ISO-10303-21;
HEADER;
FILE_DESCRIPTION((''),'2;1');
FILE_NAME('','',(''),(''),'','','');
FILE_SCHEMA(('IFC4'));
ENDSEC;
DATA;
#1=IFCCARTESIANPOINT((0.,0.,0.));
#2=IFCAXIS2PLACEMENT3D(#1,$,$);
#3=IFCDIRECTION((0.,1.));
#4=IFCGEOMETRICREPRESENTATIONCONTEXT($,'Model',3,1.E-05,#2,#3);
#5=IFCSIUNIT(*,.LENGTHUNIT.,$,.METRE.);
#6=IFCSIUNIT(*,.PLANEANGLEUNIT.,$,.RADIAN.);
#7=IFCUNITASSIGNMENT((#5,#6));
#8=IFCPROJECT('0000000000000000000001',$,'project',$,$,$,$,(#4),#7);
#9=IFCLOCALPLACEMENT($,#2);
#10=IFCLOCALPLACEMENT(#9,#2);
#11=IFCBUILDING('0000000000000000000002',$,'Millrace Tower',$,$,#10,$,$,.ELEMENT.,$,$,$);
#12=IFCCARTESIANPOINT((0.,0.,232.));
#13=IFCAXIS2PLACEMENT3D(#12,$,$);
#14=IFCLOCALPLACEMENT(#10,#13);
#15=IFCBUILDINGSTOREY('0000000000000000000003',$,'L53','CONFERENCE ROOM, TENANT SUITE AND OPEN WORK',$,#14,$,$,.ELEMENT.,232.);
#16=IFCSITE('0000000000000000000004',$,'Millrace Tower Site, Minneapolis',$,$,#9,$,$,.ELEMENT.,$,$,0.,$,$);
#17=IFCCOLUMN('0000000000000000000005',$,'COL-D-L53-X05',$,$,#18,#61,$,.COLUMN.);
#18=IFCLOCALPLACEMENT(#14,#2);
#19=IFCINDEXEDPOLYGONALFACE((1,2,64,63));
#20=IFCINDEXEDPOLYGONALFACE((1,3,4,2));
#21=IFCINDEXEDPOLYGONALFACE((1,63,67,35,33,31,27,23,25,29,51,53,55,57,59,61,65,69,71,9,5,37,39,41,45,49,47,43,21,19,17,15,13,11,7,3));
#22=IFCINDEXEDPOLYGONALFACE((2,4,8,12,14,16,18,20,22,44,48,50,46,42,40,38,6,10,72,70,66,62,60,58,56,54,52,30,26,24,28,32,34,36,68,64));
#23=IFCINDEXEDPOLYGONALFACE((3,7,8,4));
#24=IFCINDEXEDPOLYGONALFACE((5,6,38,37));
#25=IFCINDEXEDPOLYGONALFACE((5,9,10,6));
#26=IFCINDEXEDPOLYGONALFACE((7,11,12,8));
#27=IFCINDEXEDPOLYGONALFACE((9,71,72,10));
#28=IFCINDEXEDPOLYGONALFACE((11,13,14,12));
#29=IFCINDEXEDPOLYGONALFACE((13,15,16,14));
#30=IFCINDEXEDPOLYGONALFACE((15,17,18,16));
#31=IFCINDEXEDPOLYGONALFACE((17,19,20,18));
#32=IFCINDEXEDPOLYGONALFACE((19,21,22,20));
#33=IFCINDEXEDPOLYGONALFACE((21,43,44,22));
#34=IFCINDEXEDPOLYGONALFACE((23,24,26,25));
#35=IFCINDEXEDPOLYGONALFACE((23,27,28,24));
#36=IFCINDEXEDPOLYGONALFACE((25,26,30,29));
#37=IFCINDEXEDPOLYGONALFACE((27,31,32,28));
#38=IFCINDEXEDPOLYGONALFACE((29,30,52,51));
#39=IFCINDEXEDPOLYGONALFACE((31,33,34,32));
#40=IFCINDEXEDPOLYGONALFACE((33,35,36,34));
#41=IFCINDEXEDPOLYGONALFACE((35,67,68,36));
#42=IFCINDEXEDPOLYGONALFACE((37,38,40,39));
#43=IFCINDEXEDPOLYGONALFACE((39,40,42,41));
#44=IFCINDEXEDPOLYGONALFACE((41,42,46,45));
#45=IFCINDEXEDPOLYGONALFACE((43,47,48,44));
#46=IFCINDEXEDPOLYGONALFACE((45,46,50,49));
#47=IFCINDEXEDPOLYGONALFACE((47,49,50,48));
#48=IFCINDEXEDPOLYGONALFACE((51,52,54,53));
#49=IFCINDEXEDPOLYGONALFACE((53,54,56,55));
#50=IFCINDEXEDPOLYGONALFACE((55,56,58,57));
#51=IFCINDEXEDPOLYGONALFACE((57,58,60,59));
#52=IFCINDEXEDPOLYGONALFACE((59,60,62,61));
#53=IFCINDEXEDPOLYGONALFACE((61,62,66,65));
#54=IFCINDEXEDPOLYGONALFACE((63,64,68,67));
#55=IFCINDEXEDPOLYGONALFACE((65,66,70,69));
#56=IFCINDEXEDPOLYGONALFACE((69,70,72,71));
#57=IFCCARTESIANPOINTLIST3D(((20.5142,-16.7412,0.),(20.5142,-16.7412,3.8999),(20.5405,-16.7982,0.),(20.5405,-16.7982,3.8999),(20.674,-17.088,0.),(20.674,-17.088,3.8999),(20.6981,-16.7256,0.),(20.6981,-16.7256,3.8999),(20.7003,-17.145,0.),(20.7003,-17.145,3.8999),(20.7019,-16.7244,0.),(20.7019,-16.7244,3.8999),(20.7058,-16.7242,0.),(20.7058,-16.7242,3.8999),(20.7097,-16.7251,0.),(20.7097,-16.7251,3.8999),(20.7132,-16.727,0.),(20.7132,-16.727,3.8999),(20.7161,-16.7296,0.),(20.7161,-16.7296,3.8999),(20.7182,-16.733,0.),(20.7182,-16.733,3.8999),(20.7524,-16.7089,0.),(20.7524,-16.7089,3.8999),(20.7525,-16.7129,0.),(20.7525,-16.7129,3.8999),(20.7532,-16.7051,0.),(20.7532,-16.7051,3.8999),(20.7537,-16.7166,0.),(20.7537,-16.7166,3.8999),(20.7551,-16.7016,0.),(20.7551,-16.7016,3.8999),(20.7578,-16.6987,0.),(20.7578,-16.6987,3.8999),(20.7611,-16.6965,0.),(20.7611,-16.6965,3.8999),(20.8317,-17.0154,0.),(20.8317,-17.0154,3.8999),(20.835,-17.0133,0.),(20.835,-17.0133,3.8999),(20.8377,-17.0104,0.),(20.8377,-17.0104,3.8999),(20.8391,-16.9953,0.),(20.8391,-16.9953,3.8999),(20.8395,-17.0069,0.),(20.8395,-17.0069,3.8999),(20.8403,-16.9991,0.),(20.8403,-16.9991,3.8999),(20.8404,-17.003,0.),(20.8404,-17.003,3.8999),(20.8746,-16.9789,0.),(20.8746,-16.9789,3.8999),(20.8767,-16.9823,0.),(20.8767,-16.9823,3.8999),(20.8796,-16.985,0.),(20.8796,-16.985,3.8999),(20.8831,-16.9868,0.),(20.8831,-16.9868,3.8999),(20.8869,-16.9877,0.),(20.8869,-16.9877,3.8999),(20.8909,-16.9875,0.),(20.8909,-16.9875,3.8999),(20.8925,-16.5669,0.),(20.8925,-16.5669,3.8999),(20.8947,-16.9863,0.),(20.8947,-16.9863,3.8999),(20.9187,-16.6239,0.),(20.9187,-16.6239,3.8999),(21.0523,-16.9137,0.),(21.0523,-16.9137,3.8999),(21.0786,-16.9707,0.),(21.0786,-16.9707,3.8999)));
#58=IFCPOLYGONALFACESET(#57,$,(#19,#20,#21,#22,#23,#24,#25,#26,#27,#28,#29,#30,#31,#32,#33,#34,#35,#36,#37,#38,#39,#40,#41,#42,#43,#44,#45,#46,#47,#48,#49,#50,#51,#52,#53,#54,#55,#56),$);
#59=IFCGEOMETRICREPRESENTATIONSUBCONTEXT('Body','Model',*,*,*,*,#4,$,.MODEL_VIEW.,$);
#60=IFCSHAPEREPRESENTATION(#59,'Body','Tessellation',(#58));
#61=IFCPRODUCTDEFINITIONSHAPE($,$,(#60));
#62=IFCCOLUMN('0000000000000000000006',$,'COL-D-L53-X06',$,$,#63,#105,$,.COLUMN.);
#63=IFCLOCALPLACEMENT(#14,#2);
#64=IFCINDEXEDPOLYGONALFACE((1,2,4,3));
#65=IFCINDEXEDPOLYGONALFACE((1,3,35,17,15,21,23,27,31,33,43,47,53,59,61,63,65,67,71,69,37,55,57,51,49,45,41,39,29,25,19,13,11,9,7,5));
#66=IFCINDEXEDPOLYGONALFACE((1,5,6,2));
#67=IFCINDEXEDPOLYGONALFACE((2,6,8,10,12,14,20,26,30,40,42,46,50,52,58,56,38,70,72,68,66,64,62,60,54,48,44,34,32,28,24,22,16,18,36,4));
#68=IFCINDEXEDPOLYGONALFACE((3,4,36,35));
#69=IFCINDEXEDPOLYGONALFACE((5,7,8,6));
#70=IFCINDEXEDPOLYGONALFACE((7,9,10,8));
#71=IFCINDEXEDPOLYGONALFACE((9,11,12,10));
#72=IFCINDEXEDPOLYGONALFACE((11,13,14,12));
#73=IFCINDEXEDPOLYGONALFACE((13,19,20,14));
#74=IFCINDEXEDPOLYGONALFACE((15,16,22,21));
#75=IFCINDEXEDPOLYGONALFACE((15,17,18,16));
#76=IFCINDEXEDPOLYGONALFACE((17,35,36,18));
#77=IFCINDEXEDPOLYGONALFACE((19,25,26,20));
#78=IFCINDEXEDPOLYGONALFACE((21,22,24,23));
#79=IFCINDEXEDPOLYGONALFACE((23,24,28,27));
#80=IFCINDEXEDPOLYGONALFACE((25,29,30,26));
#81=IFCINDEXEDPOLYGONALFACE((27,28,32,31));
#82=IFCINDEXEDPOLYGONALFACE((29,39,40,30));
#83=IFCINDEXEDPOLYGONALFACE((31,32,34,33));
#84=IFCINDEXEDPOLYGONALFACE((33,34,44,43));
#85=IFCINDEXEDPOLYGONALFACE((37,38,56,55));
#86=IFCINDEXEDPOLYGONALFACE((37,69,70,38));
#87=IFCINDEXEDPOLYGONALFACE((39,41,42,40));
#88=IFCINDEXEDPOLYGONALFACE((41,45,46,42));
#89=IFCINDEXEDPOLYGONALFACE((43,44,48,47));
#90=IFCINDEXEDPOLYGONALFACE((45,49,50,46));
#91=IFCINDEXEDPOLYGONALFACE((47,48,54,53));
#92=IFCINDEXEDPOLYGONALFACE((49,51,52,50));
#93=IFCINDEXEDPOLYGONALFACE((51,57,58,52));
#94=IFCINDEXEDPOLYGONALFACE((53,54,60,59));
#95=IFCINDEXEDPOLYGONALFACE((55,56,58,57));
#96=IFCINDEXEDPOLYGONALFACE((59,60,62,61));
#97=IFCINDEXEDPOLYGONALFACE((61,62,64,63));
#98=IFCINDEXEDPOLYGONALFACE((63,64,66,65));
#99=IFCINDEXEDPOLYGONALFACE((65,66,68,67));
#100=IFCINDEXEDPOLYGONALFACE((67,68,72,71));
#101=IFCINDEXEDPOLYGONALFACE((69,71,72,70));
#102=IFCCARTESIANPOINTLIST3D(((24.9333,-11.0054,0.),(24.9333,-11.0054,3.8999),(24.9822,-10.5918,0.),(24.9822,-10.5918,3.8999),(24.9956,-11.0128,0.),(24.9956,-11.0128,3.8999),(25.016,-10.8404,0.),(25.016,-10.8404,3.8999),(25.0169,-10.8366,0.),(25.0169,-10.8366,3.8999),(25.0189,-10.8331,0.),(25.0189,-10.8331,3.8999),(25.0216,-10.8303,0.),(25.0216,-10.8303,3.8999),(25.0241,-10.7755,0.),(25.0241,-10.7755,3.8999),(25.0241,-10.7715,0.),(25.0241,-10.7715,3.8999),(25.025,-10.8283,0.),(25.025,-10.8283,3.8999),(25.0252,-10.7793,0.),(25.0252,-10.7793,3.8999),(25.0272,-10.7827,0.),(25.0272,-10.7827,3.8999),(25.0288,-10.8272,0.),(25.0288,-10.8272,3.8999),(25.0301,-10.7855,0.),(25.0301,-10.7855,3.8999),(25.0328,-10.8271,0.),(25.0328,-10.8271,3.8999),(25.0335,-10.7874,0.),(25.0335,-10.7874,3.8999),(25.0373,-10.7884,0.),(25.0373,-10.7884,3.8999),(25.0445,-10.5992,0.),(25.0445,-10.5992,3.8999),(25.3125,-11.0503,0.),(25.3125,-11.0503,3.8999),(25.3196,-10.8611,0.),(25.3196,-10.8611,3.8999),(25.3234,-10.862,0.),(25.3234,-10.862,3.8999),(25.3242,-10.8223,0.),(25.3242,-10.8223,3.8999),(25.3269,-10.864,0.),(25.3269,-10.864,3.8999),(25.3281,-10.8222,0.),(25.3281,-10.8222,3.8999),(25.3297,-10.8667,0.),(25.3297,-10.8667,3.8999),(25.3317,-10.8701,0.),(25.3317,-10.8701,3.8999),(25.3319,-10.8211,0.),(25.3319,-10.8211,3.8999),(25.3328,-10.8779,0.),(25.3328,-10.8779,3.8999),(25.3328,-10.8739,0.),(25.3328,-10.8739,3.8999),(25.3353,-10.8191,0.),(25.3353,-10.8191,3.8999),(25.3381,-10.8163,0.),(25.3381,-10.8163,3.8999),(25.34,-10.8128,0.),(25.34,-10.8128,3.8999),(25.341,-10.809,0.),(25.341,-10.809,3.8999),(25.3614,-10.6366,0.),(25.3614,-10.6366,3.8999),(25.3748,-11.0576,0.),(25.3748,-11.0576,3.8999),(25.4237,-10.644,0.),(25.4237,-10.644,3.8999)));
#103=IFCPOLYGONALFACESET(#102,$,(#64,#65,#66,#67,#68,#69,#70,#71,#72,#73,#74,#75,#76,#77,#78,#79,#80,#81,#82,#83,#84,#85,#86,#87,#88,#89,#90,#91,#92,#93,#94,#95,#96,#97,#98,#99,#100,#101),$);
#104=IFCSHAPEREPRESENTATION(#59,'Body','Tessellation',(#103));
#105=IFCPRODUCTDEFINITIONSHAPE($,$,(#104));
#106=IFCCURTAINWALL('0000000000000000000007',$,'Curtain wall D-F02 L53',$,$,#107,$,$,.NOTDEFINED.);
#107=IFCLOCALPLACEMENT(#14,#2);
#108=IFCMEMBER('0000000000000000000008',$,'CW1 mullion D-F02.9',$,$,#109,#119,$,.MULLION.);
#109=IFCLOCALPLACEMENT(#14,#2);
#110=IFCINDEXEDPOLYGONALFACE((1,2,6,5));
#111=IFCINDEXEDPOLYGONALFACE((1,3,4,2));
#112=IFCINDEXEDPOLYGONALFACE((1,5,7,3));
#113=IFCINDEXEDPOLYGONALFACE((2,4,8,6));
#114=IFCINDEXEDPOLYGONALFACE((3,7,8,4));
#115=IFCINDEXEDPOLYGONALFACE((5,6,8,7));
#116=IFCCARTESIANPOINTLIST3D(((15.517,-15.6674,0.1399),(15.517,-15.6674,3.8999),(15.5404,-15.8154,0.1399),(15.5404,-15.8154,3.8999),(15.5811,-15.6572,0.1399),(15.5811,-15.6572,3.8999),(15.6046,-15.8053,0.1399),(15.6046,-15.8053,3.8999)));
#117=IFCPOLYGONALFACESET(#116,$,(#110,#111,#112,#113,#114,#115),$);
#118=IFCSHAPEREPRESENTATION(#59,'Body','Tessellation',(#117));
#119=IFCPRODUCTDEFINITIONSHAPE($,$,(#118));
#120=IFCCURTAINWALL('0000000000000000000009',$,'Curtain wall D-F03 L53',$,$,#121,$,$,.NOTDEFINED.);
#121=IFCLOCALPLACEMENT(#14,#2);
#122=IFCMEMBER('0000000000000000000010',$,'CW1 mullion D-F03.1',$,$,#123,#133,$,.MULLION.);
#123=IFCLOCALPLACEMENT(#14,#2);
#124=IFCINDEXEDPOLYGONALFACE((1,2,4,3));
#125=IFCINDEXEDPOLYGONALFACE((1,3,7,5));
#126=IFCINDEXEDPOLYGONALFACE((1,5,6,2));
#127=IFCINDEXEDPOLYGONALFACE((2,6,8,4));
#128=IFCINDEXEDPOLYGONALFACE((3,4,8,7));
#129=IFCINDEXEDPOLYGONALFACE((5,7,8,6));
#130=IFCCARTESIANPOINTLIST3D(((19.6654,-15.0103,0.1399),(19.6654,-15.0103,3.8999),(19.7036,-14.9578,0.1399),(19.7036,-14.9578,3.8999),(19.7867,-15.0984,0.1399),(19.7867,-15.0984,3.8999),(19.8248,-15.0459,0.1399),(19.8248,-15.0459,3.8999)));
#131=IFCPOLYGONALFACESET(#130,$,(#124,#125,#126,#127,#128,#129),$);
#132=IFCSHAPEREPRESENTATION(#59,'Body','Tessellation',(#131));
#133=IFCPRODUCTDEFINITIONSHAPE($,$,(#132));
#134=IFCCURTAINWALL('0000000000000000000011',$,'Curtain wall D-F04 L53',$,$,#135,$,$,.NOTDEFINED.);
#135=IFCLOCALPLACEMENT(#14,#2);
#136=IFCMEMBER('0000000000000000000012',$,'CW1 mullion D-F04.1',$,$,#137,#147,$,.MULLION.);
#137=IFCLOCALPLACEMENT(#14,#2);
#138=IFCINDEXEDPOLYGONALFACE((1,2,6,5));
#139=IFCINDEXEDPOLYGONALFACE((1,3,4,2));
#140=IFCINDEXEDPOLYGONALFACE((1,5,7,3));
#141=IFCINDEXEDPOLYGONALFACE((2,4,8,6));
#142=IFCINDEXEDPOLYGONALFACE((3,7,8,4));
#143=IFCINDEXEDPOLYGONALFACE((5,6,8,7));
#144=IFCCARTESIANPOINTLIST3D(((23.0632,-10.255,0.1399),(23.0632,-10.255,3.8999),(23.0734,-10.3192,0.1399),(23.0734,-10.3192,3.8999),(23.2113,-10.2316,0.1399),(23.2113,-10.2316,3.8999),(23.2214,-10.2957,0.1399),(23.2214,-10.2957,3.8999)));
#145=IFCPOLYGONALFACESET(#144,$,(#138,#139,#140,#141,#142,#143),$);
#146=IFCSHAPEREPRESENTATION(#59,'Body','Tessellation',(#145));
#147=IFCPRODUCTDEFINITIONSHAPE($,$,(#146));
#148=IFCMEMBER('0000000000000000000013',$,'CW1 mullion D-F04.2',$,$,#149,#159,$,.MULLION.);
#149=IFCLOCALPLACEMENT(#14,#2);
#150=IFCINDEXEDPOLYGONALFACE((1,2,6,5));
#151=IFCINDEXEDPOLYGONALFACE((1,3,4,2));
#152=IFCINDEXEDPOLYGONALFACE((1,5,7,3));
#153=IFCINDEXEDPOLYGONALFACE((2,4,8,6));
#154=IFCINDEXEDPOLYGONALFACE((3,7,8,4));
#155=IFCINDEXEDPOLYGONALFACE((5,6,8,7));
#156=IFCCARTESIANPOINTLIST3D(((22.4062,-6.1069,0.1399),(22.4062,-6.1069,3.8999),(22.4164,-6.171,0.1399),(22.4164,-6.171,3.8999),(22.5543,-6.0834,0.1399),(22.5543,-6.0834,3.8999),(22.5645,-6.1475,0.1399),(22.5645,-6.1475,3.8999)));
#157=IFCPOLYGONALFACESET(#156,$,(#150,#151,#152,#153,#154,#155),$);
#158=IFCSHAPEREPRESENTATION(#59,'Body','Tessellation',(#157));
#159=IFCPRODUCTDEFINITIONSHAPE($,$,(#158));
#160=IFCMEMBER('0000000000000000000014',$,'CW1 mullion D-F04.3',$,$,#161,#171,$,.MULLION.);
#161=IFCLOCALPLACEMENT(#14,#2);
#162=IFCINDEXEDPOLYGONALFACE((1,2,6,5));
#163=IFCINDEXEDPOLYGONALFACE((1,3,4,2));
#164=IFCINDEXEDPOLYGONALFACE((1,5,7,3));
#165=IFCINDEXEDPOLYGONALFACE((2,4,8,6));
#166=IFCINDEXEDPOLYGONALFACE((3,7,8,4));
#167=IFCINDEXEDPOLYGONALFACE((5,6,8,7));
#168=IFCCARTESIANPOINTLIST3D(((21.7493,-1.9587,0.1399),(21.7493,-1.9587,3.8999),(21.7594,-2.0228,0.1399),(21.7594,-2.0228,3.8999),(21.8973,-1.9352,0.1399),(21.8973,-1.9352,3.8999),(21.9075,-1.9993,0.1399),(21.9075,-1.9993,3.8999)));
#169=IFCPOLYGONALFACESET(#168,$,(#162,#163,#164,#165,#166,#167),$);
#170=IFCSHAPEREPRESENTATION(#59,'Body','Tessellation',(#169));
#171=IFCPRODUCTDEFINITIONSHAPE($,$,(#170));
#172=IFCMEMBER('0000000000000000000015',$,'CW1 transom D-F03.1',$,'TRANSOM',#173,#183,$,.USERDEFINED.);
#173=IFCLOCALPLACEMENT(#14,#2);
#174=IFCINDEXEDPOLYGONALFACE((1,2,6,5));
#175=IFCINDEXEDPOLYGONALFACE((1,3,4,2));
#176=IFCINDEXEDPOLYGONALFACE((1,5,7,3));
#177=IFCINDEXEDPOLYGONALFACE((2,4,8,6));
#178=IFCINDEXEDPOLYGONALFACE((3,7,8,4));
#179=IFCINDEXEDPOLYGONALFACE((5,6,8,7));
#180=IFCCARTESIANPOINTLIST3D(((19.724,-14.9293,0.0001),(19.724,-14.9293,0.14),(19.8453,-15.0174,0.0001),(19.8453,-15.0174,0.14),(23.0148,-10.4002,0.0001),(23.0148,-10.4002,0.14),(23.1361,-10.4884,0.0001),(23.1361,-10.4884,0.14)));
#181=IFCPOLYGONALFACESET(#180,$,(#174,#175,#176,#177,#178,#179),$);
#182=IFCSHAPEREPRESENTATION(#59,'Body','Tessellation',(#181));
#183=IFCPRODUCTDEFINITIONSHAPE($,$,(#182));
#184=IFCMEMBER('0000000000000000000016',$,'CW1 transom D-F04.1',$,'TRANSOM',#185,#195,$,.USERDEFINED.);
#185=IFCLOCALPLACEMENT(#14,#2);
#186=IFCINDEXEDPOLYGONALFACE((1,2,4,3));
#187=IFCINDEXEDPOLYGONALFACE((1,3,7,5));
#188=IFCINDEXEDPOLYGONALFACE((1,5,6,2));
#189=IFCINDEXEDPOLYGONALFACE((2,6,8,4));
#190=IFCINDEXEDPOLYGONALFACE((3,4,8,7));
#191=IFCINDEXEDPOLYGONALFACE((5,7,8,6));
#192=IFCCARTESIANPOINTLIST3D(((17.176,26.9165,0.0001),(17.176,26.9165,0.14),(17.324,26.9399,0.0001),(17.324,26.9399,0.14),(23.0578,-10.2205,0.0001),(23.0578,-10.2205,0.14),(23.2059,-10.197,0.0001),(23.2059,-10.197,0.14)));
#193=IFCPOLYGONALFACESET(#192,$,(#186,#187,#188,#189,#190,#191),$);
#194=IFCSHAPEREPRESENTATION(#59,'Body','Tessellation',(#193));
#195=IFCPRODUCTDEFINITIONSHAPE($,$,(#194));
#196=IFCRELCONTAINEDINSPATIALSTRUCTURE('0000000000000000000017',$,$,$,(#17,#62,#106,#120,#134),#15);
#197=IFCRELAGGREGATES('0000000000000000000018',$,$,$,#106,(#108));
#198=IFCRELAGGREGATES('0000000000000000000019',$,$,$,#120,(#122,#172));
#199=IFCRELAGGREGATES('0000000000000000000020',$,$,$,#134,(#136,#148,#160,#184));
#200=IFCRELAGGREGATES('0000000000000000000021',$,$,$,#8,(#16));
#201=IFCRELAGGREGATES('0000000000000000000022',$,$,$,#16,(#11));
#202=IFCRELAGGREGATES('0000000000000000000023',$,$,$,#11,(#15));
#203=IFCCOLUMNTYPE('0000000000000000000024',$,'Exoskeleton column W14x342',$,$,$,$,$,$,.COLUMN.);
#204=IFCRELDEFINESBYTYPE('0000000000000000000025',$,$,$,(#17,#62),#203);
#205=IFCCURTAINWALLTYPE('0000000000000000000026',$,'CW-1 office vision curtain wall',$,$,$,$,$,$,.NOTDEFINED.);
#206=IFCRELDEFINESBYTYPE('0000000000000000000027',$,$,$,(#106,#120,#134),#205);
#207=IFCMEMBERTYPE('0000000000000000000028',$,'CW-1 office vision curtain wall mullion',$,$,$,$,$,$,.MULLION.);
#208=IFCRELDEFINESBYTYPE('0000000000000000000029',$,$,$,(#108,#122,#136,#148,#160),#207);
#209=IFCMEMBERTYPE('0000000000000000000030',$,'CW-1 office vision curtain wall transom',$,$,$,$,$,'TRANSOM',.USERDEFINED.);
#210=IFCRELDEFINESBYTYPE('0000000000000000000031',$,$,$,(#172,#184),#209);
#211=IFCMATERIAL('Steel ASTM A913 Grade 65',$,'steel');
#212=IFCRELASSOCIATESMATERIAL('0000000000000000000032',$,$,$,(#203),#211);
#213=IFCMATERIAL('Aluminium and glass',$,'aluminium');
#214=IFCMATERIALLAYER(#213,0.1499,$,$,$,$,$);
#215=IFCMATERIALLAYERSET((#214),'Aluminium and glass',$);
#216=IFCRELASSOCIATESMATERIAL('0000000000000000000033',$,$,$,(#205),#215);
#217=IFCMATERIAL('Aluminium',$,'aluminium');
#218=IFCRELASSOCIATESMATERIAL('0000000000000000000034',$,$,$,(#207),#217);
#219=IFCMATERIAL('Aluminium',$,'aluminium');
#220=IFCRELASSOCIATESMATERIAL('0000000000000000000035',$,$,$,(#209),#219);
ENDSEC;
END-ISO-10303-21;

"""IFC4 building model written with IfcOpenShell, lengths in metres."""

from ifc_helpers import new_model, si_unit, direction, frame, origin, origin_2d, place, context, subcontext, project, spatial, rectangle, i_section, extrude, material, layer, layer_set, material_profile, profile_set, type_object, element, aggregate, save


model = new_model("IFC4")

# Units and contexts
model_context = context("Model", 3, precision=1e-05, world=origin(), true_north=direction((0.0, 1.0)))
body_context = subcontext(model_context, "Body", "Model", "MODEL_VIEW")
ifc_project = project(units=[si_unit("LENGTHUNIT", "METRE"), si_unit("PLANEANGLEUNIT", "RADIAN")], contexts=[model_context])

# Site, building, storey
site_placement = place(None, origin())
site = spatial("IfcSite", under=ifc_project, at=site_placement, Name="Millrace Tower Site, Minneapolis", CompositionType="ELEMENT", RefElevation=0.0)
building_placement = place(site_placement, origin())
building = spatial("IfcBuilding", under=site, at=building_placement, Name="Millrace Tower", CompositionType="ELEMENT")
storey_placement = place(building_placement, frame((0.0, 0.0, 232.0)))
storey = spatial("IfcBuildingStorey", under=building, at=storey_placement, Name="L53", Description="CONFERENCE ROOM, TENANT SUITE AND OPEN WORK", CompositionType="ELEMENT", Elevation=232.0)

# Columns
ifc_material_1 = material(Name="Steel ASTM A913 Grade 65", Category="steel")
ifc_material_profile_1 = material_profile(ifc_material_1, i_section(OverallWidth=0.4165, OverallDepth=0.4446, WebThickness=0.0391, FlangeThickness=0.0627, FilletRadius=0.0151, at=origin_2d()))
ifc_profile_set_1 = profile_set([ifc_material_profile_1], Name="Steel ASTM A913 Grade 65")
column_type = type_object("IfcColumnType", Name="Exoskeleton column W14x342", PredefinedType="COLUMN", material=ifc_profile_set_1)
for number, where, z_axis, x_axis, name in (
    (1, (20.7964, -16.856, 0.0), (0.0, 0.0, 1.0), (0.908192, 0.418553, 0.0), "COL-D-L53-X05"),
    (2, (25.1785, -10.8247, 0.0), (0.0, 0.0, 1.0), (0.117421, 0.993082, 0.0), "COL-D-L53-X06"),
):
    element("IfcColumn", number, at=place(storey_placement, frame(where, z_axis=z_axis, x_axis=x_axis)), inside=storey, type_object=column_type, Name=name, PredefinedType="COLUMN", context=body_context, shape_type="SweptSolid", body=[
        extrude(i_section(OverallWidth=0.4165, OverallDepth=0.4446, WebThickness=0.0391, FlangeThickness=0.0627, FilletRadius=0.0151, at=origin_2d()), origin(), (0.0, 0.0, 1.0), 3.8999),
    ])

# Curtain walls, members
ifc_material_2 = material(Name="Aluminium and glass", Category="aluminium")
ifc_layer_1 = layer(ifc_material_2, 0.1499)
ifc_layer_set_1 = layer_set([ifc_layer_1], Name="Aluminium and glass")
curtain_wall_type = type_object("IfcCurtainWallType", Name="CW-1 office vision curtain wall", PredefinedType="NOTDEFINED", material=ifc_layer_set_1)
placement = place(storey_placement, origin())
curtain_wall_1 = element("IfcCurtainWall", 3, at=placement, inside=storey, type_object=curtain_wall_type, Name="Curtain wall D-F02 L53", PredefinedType="NOTDEFINED")
ifc_material_3 = material(Name="Aluminium", Category="aluminium")
ifc_material_profile_2 = material_profile(ifc_material_3, rectangle(XDim=0.0649, YDim=0.1499, at=origin_2d()))
ifc_profile_set_2 = profile_set([ifc_material_profile_2], Name="Aluminium")
member_type_1 = type_object("IfcMemberType", Name="CW-1 office vision curtain wall mullion", PredefinedType="MULLION", material=ifc_profile_set_2)
member_1_placement = place(storey_placement, frame((15.5608, -15.7363, 0.1399), z_axis=(0.0, 0.0, 1.0), x_axis=(0.987688, 0.156434, 0.0)))
member_1 = element("IfcMember", 4, at=member_1_placement, type_object=member_type_1, Name="CW1 mullion D-F02.9", PredefinedType="MULLION", context=body_context, shape_type="SweptSolid", body=[
    extrude(rectangle(XDim=0.0649, YDim=0.1499, at=origin_2d()), origin(), (0.0, 0.0, 1.0), 3.76),
])
aggregate(curtain_wall_1, [member_1])
curtain_wall_2 = element("IfcCurtainWall", 5, at=placement, inside=storey, type_object=curtain_wall_type, Name="Curtain wall D-F03 L53", PredefinedType="NOTDEFINED")
member_2_placement = place(storey_placement, frame((19.7451, -15.0281, 0.1399), z_axis=(0.0, 0.0, 1.0), x_axis=(0.587785, 0.809017, 0.0)))
member_2 = element("IfcMember", 6, at=member_2_placement, type_object=member_type_1, Name="CW1 mullion D-F03.1", PredefinedType="MULLION", context=body_context, shape_type="SweptSolid", body=[
    extrude(rectangle(XDim=0.0649, YDim=0.1499, at=origin_2d()), origin(), (0.0, 0.0, 1.0), 3.76),
])

# Curtain wall, members
curtain_wall_3 = element("IfcCurtainWall", 7, at=placement, inside=storey, type_object=curtain_wall_type, Name="Curtain wall D-F04 L53", PredefinedType="NOTDEFINED")
member_3_placement = place(storey_placement, frame((23.1423, -10.2754, 0.1399), z_axis=(0.0, 0.0, 1.0), x_axis=(-0.156434, 0.987688, 0.0)))
member_3 = element("IfcMember", 8, at=member_3_placement, type_object=member_type_1, Name="CW1 mullion D-F04.1", PredefinedType="MULLION", context=body_context, shape_type="SweptSolid", body=[
    extrude(rectangle(XDim=0.0649, YDim=0.1499, at=origin_2d()), origin(), (0.0, 0.0, 1.0), 3.76),
])
member_4_placement = place(storey_placement, frame((22.4854, -6.1272, 0.1399), z_axis=(0.0, 0.0, 1.0), x_axis=(-0.156434, 0.987688, 0.0)))
member_4 = element("IfcMember", 9, at=member_4_placement, type_object=member_type_1, Name="CW1 mullion D-F04.2", PredefinedType="MULLION", context=body_context, shape_type="SweptSolid", body=[
    extrude(rectangle(XDim=0.0649, YDim=0.1499, at=origin_2d()), origin(), (0.0, 0.0, 1.0), 3.76),
])
member_5_placement = place(storey_placement, frame((21.8284, -1.979, 0.1399), z_axis=(0.0, 0.0, 1.0), x_axis=(-0.156434, 0.987688, 0.0)))
member_5 = element("IfcMember", 10, at=member_5_placement, type_object=member_type_1, Name="CW1 mullion D-F04.3", PredefinedType="MULLION", context=body_context, shape_type="SweptSolid", body=[
    extrude(rectangle(XDim=0.0649, YDim=0.1499, at=origin_2d()), origin(), (0.0, 0.0, 1.0), 3.76),
])

# Members
ifc_material_4 = material(Name="Aluminium", Category="aluminium")
ifc_material_profile_3 = material_profile(ifc_material_4, rectangle(XDim=0.1499, YDim=0.1399, at=origin_2d()))
ifc_profile_set_3 = profile_set([ifc_material_profile_3], Name="Aluminium")
member_type_2 = type_object("IfcMemberType", Name="CW-1 office vision curtain wall transom", ElementType="TRANSOM", PredefinedType="USERDEFINED", material=ifc_profile_set_3)
member_6_placement = place(storey_placement, frame((19.7847, -14.9734, 0.0701), z_axis=(0.587811, 0.808998, 0.0), x_axis=(-0.808998, 0.587811, 0.0)))
member_6 = element("IfcMember", 11, at=member_6_placement, type_object=member_type_2, Name="CW1 transom D-F03.1", ObjectType="TRANSOM", PredefinedType="USERDEFINED", context=body_context, shape_type="SweptSolid", body=[
    extrude(rectangle(XDim=0.1499, YDim=0.1399, at=origin_2d()), origin(), (0.0, 0.0, 1.0), 5.5984),
])
aggregate(curtain_wall_2, [member_2, member_6])
member_7_placement = place(storey_placement, frame((23.1318, -10.2087, 0.0701), z_axis=(-0.156432, 0.987689, 0.0), x_axis=(-0.987689, -0.156432, 0.0)))
member_7 = element("IfcMember", 12, at=member_7_placement, type_object=member_type_2, Name="CW1 transom D-F04.1", ObjectType="TRANSOM", PredefinedType="USERDEFINED", context=body_context, shape_type="SweptSolid", body=[
    extrude(rectangle(XDim=0.1499, YDim=0.1399, at=origin_2d()), origin(), (0.0, 0.0, 1.0), 37.5999),
])
aggregate(curtain_wall_3, [member_3, member_4, member_5, member_7])

save(model, "model.ifc")
